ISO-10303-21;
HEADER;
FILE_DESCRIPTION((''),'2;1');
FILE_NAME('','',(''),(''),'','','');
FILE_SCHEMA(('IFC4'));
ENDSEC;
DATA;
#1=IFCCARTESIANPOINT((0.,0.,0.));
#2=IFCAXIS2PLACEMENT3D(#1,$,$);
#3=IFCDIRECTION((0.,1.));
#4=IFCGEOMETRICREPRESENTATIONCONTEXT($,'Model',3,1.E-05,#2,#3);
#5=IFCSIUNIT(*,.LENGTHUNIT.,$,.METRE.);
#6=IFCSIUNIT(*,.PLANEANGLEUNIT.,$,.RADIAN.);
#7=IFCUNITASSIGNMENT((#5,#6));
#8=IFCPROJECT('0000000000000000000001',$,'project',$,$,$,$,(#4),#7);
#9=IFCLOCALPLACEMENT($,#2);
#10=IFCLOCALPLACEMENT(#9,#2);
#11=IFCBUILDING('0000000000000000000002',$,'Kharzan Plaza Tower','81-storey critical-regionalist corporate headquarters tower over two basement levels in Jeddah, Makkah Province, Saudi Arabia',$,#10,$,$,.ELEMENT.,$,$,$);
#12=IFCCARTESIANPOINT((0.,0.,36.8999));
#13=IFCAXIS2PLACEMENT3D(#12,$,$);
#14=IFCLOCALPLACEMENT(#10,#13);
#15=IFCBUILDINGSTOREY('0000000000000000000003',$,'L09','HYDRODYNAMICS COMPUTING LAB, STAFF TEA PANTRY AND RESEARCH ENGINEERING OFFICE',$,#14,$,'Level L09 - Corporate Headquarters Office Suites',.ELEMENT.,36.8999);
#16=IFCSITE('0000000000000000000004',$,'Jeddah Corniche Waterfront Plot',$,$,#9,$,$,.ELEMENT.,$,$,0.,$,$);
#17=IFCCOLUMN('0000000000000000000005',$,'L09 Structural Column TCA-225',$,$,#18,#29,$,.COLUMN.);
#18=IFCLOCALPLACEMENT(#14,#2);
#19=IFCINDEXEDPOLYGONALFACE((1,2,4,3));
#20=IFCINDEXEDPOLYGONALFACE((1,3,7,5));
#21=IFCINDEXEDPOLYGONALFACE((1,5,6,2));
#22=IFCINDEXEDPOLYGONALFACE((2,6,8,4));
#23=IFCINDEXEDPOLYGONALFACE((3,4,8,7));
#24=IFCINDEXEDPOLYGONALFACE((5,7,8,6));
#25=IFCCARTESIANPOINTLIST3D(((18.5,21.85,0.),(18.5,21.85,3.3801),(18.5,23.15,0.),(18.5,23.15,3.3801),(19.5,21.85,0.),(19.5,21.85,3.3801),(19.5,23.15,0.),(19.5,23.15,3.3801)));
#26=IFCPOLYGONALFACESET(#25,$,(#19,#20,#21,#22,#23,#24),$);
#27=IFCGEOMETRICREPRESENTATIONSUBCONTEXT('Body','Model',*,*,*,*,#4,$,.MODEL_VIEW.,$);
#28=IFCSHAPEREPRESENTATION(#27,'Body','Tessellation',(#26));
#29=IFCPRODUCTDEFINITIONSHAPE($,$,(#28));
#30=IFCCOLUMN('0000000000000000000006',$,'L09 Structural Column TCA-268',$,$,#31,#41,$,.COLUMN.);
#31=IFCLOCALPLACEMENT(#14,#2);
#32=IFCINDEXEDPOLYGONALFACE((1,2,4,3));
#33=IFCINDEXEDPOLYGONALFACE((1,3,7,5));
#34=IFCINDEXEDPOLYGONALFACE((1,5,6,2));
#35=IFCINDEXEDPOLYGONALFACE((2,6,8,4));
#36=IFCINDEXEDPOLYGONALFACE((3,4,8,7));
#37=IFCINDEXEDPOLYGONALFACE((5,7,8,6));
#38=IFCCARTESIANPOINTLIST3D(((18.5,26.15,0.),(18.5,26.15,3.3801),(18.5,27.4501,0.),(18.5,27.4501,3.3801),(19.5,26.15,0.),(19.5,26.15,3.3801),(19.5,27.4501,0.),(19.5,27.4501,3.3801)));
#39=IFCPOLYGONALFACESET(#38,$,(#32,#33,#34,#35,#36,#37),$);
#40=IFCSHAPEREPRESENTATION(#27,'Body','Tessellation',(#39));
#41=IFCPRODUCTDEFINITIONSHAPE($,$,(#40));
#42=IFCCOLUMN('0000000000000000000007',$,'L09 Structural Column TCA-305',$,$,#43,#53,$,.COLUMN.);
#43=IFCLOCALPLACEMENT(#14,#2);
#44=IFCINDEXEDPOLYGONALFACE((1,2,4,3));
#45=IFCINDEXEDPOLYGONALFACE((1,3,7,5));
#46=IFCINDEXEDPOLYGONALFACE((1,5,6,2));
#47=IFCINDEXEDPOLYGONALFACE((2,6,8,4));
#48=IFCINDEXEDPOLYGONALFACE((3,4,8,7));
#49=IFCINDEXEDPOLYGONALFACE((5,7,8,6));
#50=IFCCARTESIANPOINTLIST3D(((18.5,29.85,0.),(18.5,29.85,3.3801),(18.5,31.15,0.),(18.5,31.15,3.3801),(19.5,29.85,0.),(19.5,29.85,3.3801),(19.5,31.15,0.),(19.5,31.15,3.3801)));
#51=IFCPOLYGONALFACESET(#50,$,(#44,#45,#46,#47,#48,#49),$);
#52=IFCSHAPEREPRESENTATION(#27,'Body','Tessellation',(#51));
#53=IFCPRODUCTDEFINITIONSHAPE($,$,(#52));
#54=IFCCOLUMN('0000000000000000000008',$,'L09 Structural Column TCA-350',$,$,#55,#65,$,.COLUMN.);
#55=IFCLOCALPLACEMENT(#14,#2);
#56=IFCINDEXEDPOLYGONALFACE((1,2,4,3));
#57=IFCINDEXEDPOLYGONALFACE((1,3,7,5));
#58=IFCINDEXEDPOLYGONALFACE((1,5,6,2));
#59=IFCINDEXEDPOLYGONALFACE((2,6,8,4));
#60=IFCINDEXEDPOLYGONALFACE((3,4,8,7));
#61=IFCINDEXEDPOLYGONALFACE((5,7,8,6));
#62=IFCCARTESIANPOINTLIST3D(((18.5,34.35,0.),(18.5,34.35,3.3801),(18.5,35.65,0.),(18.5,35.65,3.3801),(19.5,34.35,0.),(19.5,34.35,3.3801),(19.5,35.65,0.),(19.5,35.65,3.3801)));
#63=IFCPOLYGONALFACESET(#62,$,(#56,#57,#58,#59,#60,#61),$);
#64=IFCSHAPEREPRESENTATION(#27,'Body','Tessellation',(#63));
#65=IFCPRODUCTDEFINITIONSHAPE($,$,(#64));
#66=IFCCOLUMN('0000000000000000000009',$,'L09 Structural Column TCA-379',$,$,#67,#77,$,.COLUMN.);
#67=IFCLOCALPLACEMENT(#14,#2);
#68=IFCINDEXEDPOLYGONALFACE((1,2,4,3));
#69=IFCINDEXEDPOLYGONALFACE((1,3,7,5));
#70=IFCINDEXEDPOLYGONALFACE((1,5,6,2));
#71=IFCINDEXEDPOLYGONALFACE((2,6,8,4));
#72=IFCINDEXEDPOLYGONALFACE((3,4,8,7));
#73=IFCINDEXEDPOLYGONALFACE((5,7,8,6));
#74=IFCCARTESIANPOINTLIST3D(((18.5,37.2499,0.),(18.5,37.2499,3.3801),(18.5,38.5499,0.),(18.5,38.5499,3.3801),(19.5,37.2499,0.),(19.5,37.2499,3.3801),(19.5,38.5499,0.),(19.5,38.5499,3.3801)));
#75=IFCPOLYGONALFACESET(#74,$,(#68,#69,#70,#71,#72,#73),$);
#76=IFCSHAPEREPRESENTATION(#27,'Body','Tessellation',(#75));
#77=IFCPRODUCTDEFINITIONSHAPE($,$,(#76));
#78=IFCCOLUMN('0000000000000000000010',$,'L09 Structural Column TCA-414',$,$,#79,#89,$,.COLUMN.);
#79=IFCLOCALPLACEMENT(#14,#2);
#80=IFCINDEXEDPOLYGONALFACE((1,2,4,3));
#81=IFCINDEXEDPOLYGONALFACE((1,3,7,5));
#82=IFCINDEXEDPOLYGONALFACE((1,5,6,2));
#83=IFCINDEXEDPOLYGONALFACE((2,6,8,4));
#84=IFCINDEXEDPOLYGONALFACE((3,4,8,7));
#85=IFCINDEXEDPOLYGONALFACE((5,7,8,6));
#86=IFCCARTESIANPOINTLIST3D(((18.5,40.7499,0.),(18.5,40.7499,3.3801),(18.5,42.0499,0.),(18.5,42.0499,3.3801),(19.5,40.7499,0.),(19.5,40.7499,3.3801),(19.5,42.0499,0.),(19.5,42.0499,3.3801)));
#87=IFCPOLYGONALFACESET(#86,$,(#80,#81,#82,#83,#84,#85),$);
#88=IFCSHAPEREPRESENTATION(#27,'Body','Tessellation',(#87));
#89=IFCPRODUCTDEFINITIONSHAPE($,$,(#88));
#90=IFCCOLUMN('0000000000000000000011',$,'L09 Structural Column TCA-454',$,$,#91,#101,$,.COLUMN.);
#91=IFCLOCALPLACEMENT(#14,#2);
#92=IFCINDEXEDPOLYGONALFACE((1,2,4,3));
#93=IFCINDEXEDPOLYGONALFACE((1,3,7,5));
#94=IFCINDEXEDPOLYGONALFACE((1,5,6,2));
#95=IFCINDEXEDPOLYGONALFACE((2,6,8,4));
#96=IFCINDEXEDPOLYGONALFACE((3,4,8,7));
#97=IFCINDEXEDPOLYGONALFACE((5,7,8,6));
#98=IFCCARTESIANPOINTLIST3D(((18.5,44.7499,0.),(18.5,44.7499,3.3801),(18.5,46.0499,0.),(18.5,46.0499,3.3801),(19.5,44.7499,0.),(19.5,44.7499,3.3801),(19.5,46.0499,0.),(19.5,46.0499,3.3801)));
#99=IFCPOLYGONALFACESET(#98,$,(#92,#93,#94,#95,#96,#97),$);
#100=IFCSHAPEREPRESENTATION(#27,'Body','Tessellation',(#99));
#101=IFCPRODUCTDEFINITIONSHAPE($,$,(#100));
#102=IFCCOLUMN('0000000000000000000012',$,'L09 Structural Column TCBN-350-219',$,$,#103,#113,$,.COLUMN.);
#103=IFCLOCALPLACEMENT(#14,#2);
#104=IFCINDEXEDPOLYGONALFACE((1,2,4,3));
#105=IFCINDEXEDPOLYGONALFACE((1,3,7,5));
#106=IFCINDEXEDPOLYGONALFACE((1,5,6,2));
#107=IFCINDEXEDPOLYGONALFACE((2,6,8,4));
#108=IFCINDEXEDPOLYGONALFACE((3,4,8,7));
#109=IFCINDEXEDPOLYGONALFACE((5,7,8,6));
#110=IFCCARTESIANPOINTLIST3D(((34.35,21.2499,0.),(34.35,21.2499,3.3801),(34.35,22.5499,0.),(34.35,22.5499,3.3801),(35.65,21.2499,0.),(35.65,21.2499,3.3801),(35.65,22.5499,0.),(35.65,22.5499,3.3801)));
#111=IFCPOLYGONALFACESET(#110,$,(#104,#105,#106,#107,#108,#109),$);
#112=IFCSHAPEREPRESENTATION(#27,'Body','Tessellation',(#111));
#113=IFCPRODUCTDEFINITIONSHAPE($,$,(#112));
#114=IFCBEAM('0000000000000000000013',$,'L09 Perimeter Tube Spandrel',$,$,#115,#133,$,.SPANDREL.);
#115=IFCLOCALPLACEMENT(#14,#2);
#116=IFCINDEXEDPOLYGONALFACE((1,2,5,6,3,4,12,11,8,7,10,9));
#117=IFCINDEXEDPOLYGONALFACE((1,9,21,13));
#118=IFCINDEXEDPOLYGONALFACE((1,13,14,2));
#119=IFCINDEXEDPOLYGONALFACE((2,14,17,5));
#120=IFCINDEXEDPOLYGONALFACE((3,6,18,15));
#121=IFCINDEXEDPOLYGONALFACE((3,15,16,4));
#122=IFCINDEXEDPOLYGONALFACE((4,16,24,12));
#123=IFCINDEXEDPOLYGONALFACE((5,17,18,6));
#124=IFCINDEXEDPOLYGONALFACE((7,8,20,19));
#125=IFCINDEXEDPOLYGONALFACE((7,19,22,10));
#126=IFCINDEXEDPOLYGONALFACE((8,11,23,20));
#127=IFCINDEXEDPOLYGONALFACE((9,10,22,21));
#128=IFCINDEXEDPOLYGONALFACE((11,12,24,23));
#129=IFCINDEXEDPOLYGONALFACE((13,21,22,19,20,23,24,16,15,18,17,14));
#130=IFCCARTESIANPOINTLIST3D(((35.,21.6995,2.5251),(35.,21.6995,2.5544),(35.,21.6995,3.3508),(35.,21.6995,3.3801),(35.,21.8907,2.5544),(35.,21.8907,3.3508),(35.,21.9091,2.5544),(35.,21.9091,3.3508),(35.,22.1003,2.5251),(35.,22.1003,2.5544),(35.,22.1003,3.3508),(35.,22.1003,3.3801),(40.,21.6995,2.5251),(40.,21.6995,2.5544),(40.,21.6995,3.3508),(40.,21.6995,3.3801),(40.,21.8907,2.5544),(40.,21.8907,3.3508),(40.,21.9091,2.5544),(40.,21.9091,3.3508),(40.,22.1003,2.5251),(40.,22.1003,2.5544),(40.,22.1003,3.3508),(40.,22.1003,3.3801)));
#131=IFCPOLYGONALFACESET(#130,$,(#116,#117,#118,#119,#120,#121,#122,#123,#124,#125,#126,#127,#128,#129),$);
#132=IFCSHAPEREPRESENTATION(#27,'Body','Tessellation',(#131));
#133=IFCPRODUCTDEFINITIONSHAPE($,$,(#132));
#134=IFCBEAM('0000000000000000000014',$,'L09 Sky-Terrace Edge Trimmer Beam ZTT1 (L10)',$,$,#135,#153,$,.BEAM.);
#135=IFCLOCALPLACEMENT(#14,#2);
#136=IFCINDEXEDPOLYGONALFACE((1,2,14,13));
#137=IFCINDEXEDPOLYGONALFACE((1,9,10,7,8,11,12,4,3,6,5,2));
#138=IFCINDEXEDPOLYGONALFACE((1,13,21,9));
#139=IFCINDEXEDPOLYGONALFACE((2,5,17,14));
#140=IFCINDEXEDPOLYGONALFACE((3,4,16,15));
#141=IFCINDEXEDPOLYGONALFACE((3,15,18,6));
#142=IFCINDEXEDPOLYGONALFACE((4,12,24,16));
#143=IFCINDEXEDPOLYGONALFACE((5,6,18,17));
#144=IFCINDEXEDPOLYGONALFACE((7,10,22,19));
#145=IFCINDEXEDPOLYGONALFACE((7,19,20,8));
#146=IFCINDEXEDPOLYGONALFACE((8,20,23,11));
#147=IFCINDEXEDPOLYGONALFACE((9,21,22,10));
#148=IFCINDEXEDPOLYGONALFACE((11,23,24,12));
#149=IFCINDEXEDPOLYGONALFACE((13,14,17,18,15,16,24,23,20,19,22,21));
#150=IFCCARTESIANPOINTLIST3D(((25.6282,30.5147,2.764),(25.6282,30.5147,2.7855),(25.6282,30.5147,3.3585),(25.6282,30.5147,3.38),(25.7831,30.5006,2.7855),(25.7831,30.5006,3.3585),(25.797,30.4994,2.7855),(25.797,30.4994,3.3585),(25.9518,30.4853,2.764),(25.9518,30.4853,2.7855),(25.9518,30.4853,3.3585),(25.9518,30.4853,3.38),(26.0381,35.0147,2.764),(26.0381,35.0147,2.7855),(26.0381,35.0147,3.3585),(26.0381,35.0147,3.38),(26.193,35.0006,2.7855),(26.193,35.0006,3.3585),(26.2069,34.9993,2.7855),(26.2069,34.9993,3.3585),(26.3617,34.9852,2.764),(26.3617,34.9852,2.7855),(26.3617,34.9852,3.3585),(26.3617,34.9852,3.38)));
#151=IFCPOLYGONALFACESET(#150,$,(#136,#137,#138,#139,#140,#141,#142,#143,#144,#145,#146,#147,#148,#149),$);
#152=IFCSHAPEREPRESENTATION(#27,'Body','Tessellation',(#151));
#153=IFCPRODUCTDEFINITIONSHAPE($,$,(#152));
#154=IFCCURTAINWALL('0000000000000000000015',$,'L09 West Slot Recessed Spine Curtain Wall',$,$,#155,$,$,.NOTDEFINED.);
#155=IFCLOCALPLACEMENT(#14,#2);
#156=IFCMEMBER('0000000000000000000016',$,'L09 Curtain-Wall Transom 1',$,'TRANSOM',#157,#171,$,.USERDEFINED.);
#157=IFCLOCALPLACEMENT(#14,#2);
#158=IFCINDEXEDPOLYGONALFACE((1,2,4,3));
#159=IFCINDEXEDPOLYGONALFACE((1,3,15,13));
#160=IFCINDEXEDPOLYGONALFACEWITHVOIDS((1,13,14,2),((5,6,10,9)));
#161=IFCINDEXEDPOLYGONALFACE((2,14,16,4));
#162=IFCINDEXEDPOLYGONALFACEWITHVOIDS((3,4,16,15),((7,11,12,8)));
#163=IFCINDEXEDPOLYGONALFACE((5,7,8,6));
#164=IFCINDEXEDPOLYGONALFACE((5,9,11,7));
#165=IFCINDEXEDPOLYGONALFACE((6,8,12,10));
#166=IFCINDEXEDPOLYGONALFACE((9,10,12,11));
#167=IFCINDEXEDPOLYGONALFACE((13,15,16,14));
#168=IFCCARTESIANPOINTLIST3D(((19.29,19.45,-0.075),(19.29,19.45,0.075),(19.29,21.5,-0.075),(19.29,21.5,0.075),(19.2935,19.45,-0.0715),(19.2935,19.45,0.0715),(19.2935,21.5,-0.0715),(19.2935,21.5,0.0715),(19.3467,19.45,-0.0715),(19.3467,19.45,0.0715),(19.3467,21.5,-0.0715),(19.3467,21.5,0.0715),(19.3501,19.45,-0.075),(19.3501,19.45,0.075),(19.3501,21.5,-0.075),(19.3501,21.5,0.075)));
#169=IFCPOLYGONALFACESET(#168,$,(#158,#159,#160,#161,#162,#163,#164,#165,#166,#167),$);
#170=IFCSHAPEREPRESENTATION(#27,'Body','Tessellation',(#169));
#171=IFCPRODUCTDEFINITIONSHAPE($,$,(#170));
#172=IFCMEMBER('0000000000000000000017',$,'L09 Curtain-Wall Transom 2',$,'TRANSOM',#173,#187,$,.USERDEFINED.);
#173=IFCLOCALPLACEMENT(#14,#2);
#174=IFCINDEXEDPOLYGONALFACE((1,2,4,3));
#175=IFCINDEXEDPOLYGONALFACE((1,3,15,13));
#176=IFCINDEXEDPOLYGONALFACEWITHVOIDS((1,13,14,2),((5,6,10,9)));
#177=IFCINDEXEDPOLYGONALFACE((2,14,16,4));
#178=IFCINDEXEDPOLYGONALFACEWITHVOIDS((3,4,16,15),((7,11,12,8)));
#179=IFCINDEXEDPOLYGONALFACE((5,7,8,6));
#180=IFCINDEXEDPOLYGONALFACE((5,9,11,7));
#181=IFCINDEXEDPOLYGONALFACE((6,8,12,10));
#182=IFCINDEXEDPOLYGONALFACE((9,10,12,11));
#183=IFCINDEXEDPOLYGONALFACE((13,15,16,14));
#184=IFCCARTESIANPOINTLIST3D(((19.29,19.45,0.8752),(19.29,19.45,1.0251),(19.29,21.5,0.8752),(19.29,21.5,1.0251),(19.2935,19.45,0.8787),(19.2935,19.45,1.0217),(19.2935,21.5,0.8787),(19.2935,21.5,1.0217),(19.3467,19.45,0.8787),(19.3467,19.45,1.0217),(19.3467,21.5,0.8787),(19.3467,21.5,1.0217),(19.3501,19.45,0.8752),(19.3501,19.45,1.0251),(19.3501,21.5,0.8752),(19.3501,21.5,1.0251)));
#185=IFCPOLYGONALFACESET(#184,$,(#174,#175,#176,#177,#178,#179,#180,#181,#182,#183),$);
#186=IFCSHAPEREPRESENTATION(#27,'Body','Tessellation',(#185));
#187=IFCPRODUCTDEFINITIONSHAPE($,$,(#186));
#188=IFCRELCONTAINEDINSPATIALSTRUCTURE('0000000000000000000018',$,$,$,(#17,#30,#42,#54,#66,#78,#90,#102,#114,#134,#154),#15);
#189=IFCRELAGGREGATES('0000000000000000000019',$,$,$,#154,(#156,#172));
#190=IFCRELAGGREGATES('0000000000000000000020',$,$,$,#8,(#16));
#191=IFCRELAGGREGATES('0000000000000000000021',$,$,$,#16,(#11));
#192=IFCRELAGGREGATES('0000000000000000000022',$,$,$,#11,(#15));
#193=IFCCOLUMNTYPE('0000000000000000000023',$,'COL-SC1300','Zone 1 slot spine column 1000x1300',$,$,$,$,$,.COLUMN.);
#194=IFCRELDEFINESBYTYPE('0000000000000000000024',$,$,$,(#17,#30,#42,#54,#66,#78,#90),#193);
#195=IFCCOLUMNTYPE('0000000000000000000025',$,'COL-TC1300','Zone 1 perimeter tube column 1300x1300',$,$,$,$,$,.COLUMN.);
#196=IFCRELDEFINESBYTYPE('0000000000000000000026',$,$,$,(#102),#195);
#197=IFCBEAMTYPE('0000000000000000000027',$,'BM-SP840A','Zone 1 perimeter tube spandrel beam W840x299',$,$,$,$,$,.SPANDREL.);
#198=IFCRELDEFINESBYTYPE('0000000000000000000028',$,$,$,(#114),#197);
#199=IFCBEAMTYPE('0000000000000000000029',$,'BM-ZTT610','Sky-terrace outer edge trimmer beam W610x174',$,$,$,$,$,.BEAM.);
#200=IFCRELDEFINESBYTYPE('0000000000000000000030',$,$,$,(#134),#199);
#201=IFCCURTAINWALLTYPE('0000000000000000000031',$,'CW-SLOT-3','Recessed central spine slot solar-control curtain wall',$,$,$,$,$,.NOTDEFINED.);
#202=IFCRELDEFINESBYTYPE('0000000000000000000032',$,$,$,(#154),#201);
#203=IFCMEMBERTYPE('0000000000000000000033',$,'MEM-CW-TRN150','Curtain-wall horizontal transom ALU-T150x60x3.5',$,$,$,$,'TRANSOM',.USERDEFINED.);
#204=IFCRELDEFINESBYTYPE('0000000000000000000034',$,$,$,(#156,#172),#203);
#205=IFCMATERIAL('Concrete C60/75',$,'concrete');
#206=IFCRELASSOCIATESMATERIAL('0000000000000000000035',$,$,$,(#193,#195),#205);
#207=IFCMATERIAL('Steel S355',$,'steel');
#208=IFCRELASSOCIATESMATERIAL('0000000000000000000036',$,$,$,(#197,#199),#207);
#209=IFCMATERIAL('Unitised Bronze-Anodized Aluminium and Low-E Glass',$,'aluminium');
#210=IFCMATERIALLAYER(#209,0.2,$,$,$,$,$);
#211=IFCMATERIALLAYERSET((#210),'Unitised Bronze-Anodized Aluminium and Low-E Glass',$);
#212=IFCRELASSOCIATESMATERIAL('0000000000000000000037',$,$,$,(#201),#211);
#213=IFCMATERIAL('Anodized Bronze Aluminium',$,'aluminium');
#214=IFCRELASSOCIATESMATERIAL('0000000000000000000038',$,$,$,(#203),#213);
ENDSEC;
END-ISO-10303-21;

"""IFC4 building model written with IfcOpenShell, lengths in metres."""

from ifc_helpers import new_model, si_unit, direction, frame, origin, origin_2d, place, context, subcontext, project, spatial, rectangle, hollow_rectangle, i_section, extrude, source, transform, mapped, material, layer, layer_set, material_profile, profile_set, type_object, element, aggregate, save


model = new_model("IFC4")

# Units and contexts
model_context = context("Model", 3, precision=1e-05, world=origin(), true_north=direction((0.0, 1.0)))
body_context = subcontext(model_context, "Body", "Model", "MODEL_VIEW")
ifc_project = project(units=[si_unit("LENGTHUNIT", "METRE"), si_unit("PLANEANGLEUNIT", "RADIAN")], contexts=[model_context])

# Site, building, storey
site_placement = place(None, origin())
site = spatial("IfcSite", under=ifc_project, at=site_placement, Name="Jeddah Corniche Waterfront Plot", CompositionType="ELEMENT", RefElevation=0.0)
building_placement = place(site_placement, origin())
building = spatial("IfcBuilding", under=site, at=building_placement, Name="Kharzan Plaza Tower", Description="81-storey critical-regionalist corporate headquarters tower over two basement levels in Jeddah, Makkah Province, Saudi Arabia", CompositionType="ELEMENT")
storey_placement = place(building_placement, frame((0.0, 0.0, 36.8999)))
storey = spatial("IfcBuildingStorey", under=building, at=storey_placement, Name="L09", Description="HYDRODYNAMICS COMPUTING LAB, STAFF TEA PANTRY AND RESEARCH ENGINEERING OFFICE", LongName="Level L09 - Corporate Headquarters Office Suites", CompositionType="ELEMENT", Elevation=36.8999)

# Columns
ifc_material_1 = material(Name="Concrete C60/75", Category="concrete")
ifc_material_profile_1 = material_profile(ifc_material_1, rectangle(XDim=1.0, YDim=1.3, at=origin_2d()), Name="RC-SC1300x1000")
ifc_profile_set_1 = profile_set([ifc_material_profile_1], Name="Concrete C60/75")
column_type_1 = type_object("IfcColumnType", Name="COL-SC1300", Description="Zone 1 slot spine column 1000x1300", PredefinedType="COLUMN", material=ifc_profile_set_1)
shared_shape_1 = source(origin(), body_context, "Body", "SweptSolid", [
    extrude(rectangle(XDim=1.0, YDim=1.3, at=origin_2d()), origin(), (0.0, 0.0, 1.0), 3.3801),
])
for number, where, z_axis, x_axis, name in (
    (1, (19.0, 22.5, 0.0), (0.0, 0.0, 1.0), (1.0, 0.0, 0.0), "L09 Structural Column TCA-225"),
    (2, (19.0, 26.8, 0.0), (0.0, 0.0, 1.0), (1.0, 0.0, 0.0), "L09 Structural Column TCA-268"),
    (3, (19.0, 30.5, 0.0), (0.0, 0.0, 1.0), (1.0, 0.0, 0.0), "L09 Structural Column TCA-305"),
    (4, (19.0, 35.0, 0.0), (0.0, 0.0, 1.0), (1.0, 0.0, 0.0), "L09 Structural Column TCA-350"),
    (5, (19.0, 37.8999, 0.0), (0.0, 0.0, 1.0), (1.0, 0.0, 0.0), "L09 Structural Column TCA-379"),
    (6, (19.0, 41.3999, 0.0), (0.0, 0.0, 1.0), (1.0, 0.0, 0.0), "L09 Structural Column TCA-414"),
    (7, (19.0, 45.3999, 0.0), (0.0, 0.0, 1.0), (1.0, 0.0, 0.0), "L09 Structural Column TCA-454"),
):
    element("IfcColumn", number, at=place(storey_placement, frame(where, z_axis=z_axis, x_axis=x_axis)), inside=storey, type_object=column_type_1, Name=name, PredefinedType="COLUMN", context=body_context, shape_type="MappedRepresentation", body=[
        mapped(shared_shape_1, transform((0.0, 0.0, 0.0), x_axis=(1.0, 0.0, 0.0), y_axis=(0.0, 1.0, 0.0), z_axis=(0.0, 0.0, 1.0))),
    ])
ifc_material_profile_2 = material_profile(ifc_material_1, rectangle(XDim=1.3, YDim=1.3, at=origin_2d()), Name="RC-TC1300x1300")
ifc_profile_set_2 = profile_set([ifc_material_profile_2], Name="Concrete C60/75")
column_type_2 = type_object("IfcColumnType", Name="COL-TC1300", Description="Zone 1 perimeter tube column 1300x1300", PredefinedType="COLUMN", material=ifc_profile_set_2)
shared_shape_2 = source(origin(), body_context, "Body", "SweptSolid", [
    extrude(rectangle(XDim=1.3, YDim=1.3, at=origin_2d()), origin(), (0.0, 0.0, 1.0), 3.3801),
])
column_placement = place(storey_placement, frame((35.0, 21.8999, 0.0), z_axis=(0.0, 0.0, 1.0), x_axis=(1.0, 0.0, 0.0)))
element("IfcColumn", 8, at=column_placement, inside=storey, type_object=column_type_2, Name="L09 Structural Column TCBN-350-219", PredefinedType="COLUMN", context=body_context, shape_type="MappedRepresentation", body=[
    mapped(shared_shape_2, transform((0.0, 0.0, 0.0), x_axis=(1.0, 0.0, 0.0), y_axis=(0.0, 1.0, 0.0), z_axis=(0.0, 0.0, 1.0))),
])

# Beams
ifc_material_2 = material(Name="Steel S355", Category="steel")
ifc_material_profile_3 = material_profile(ifc_material_2, i_section(OverallWidth=0.4009, OverallDepth=0.855, WebThickness=0.0183, FlangeThickness=0.0293, at=origin_2d()), Name="W840x299")
ifc_profile_set_3 = profile_set([ifc_material_profile_3], Name="Steel S355")
beam_type_1 = type_object("IfcBeamType", Name="BM-SP840A", Description="Zone 1 perimeter tube spandrel beam W840x299", PredefinedType="SPANDREL", material=ifc_profile_set_3)
shared_shape_3 = source(origin(), body_context, "Body", "SweptSolid", [
    extrude(i_section(OverallWidth=0.4009, OverallDepth=0.855, WebThickness=0.0183, FlangeThickness=0.0293, at=origin_2d()), origin(), (0.0, 0.0, 1.0), 5.0),
])
beam_1_placement = place(storey_placement, frame((35.0, 21.8999, 2.9526), z_axis=(1.0, 0.0, 0.0), x_axis=(0.0, 1.0, 0.0)))
element("IfcBeam", 9, at=beam_1_placement, inside=storey, type_object=beam_type_1, Name="L09 Perimeter Tube Spandrel", PredefinedType="SPANDREL", context=body_context, shape_type="MappedRepresentation", body=[
    mapped(shared_shape_3, transform((0.0, 0.0, 0.0), x_axis=(1.0, 0.0, 0.0), y_axis=(0.0, 1.0, 0.0), z_axis=(0.0, 0.0, 1.0))),
])
ifc_material_profile_4 = material_profile(ifc_material_2, i_section(OverallWidth=0.325, OverallDepth=0.616, WebThickness=0.0139, FlangeThickness=0.0215, at=origin_2d()), Name="W610x174")
ifc_profile_set_4 = profile_set([ifc_material_profile_4], Name="Steel S355")
beam_type_2 = type_object("IfcBeamType", Name="BM-ZTT610", Description="Sky-terrace outer edge trimmer beam W610x174", PredefinedType="BEAM", material=ifc_profile_set_4)
shared_shape_4 = source(origin(), body_context, "Body", "SweptSolid", [
    extrude(i_section(OverallWidth=0.325, OverallDepth=0.616, WebThickness=0.0139, FlangeThickness=0.0215, at=origin_2d()), origin(), (0.0, 0.0, 1.0), 4.5186),
])
beam_2_placement = place(storey_placement, frame((25.79, 30.5, 3.072), z_axis=(0.090716, 0.995877, 0.0), x_axis=(-0.995877, 0.090716, 0.0)))
element("IfcBeam", 10, at=beam_2_placement, inside=storey, type_object=beam_type_2, Name="L09 Sky-Terrace Edge Trimmer Beam ZTT1 (L10)", PredefinedType="BEAM", context=body_context, shape_type="MappedRepresentation", body=[
    mapped(shared_shape_4, transform((0.0, 0.0, 0.0), x_axis=(1.0, 0.0, 0.0), y_axis=(0.0, 1.0, 0.0), z_axis=(0.0, 0.0, 1.0))),
])

# Curtain wall, members
ifc_material_3 = material(Name="Unitised Bronze-Anodized Aluminium and Low-E Glass", Category="aluminium")
ifc_layer_1 = layer(ifc_material_3, 0.2)
ifc_layer_set_1 = layer_set([ifc_layer_1], Name="Unitised Bronze-Anodized Aluminium and Low-E Glass")
curtain_wall_type = type_object("IfcCurtainWallType", Name="CW-SLOT-3", Description="Recessed central spine slot solar-control curtain wall", PredefinedType="NOTDEFINED", material=ifc_layer_set_1)
curtain_wall_placement = place(storey_placement, origin())
curtain_wall = element("IfcCurtainWall", 11, at=curtain_wall_placement, inside=storey, type_object=curtain_wall_type, Name="L09 West Slot Recessed Spine Curtain Wall", PredefinedType="NOTDEFINED")
ifc_material_4 = material(Name="Anodized Bronze Aluminium", Category="aluminium")
ifc_material_profile_5 = material_profile(ifc_material_4, hollow_rectangle(XDim=0.0601, YDim=0.1499, WallThickness=0.0034, at=origin_2d()), Name="ALU-T150x60x3.5")
ifc_profile_set_5 = profile_set([ifc_material_profile_5], Name="Anodized Bronze Aluminium")
member_type_1 = type_object("IfcMemberType", Name="MEM-CW-TRN150", Description="Curtain-wall horizontal transom ALU-T150x60x3.5", ElementType="TRANSOM", PredefinedType="USERDEFINED", material=ifc_profile_set_5)
shared_shape_5 = source(origin(), body_context, "Body", "SweptSolid", [
    extrude(hollow_rectangle(XDim=0.0601, YDim=0.1499, WallThickness=0.0034, at=origin_2d()), origin(), (0.0, 0.0, 1.0), 2.05),
])
member_1_placement = place(storey_placement, frame((19.3201, 19.45, 0.0), z_axis=(0.0, 1.0, 0.0), x_axis=(-1.0, 0.0, 0.0)))
member_1 = element("IfcMember", 12, at=member_1_placement, type_object=member_type_1, Name="L09 Curtain-Wall Transom 1", ObjectType="TRANSOM", PredefinedType="USERDEFINED", context=body_context, shape_type="MappedRepresentation", body=[
    mapped(shared_shape_5, transform((0.0, 0.0, 0.0), x_axis=(1.0, 0.0, 0.0), y_axis=(0.0, 1.0, 0.0), z_axis=(0.0, 0.0, 1.0))),
])
member_2_placement = place(storey_placement, frame((19.3201, 19.45, 0.9502), z_axis=(0.0, 1.0, 0.0), x_axis=(-1.0, 0.0, 0.0)))
member_2 = element("IfcMember", 13, at=member_2_placement, type_object=member_type_1, Name="L09 Curtain-Wall Transom 2", ObjectType="TRANSOM", PredefinedType="USERDEFINED", context=body_context, shape_type="MappedRepresentation", body=[
    mapped(shared_shape_5, transform((0.0, 0.0, 0.0), x_axis=(1.0, 0.0, 0.0), y_axis=(0.0, 1.0, 0.0), z_axis=(0.0, 0.0, 1.0))),
])
aggregate(curtain_wall, [member_1, member_2])

save(model, "model.ifc")
